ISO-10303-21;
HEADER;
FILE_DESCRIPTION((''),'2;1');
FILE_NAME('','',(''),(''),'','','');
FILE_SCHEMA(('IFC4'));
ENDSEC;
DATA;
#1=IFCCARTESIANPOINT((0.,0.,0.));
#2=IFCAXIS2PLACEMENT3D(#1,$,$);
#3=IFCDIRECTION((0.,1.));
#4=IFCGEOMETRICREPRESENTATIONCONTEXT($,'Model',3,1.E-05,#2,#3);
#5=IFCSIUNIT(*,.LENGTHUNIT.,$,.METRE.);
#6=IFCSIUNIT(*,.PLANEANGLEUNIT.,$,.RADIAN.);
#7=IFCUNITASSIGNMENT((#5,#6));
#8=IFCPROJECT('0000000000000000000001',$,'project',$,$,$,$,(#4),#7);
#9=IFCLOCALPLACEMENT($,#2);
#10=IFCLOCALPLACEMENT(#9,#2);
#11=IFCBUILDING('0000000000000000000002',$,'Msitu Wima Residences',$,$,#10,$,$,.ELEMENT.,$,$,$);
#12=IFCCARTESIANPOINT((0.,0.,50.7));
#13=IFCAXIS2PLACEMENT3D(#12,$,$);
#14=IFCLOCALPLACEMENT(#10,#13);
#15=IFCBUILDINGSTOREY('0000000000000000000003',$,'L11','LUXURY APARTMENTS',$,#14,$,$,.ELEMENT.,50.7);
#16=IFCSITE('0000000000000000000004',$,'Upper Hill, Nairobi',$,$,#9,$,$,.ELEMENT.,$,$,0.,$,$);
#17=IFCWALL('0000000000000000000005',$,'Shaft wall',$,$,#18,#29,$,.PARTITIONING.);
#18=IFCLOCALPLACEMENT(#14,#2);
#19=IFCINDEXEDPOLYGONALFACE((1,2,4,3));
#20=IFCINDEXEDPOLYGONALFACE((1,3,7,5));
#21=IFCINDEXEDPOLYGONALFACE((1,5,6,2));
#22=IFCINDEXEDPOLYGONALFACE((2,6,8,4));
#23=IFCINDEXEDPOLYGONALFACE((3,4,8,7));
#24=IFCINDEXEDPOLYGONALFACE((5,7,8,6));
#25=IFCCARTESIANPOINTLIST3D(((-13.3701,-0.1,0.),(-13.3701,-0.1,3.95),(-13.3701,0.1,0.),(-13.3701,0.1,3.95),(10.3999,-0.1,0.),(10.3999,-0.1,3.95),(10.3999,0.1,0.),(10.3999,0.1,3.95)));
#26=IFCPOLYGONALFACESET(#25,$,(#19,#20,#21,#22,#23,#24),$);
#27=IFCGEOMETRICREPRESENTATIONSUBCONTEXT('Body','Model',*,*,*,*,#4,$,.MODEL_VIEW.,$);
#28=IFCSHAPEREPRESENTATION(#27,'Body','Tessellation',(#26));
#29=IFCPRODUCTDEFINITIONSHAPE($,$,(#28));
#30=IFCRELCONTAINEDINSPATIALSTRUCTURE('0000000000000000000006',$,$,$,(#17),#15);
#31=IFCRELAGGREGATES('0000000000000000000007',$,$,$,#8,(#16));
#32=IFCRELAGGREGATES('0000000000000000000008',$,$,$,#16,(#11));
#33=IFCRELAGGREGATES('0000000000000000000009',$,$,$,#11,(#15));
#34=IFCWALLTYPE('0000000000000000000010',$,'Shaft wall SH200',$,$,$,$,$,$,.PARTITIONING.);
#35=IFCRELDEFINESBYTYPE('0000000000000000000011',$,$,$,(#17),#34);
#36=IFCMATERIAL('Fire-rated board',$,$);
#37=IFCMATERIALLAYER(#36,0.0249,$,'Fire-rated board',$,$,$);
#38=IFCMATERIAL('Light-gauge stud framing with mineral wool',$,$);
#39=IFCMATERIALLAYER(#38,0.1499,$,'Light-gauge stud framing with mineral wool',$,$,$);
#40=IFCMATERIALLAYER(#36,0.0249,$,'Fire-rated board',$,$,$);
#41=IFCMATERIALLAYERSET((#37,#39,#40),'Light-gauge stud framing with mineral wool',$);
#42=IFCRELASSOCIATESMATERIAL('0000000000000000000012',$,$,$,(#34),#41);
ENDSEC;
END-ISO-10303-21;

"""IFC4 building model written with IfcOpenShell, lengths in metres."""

from ifc_helpers import new_model, si_unit, direction, frame, frame_2d, origin, place, context, subcontext, project, spatial, rectangle, extrude, material, layer, layer_set, type_object, element, save


model = new_model("IFC4")

# Units and contexts
model_context = context("Model", 3, precision=1e-05, world=origin(), true_north=direction((0.0, 1.0)))
body_context = subcontext(model_context, "Body", "Model", "MODEL_VIEW")
ifc_project = project(units=[si_unit("LENGTHUNIT", "METRE"), si_unit("PLANEANGLEUNIT", "RADIAN")], contexts=[model_context])

# Site, building, storey
site_placement = place(None, origin())
site = spatial("IfcSite", under=ifc_project, at=site_placement, Name="Upper Hill, Nairobi", CompositionType="ELEMENT", RefElevation=0.0)
building_placement = place(site_placement, origin())
building = spatial("IfcBuilding", under=site, at=building_placement, Name="Msitu Wima Residences", CompositionType="ELEMENT")
storey_placement = place(building_placement, frame((0.0, 0.0, 50.7)))
storey = spatial("IfcBuildingStorey", under=building, at=storey_placement, Name="L11", Description="LUXURY APARTMENTS", CompositionType="ELEMENT", Elevation=50.7)

# Wall
ifc_material_1 = material(Name="Fire-rated board")
ifc_layer_1 = layer(ifc_material_1, 0.0249, Name="Fire-rated board")
ifc_material_2 = material(Name="Light-gauge stud framing with mineral wool")
ifc_layer_2 = layer(ifc_material_2, 0.1499, Name="Light-gauge stud framing with mineral wool")
ifc_layer_3 = layer(ifc_material_1, 0.0249, Name="Fire-rated board")
ifc_layer_set_1 = layer_set([ifc_layer_1, ifc_layer_2, ifc_layer_3], Name="Light-gauge stud framing with mineral wool")
wall_type_1 = type_object("IfcWallType", Name="Shaft wall SH200", PredefinedType="PARTITIONING", material=ifc_layer_set_1)
wall_1_placement = place(storey_placement, frame((-13.3701, 0.0, 0.0), z_axis=(0.0, 0.0, 1.0), x_axis=(1.0, 0.0, 0.0)))
element("IfcWall", 1, at=wall_1_placement, inside=storey, type_object=wall_type_1, Name="Shaft wall", PredefinedType="PARTITIONING", context=body_context, shape_type="SweptSolid", body=[
    extrude(rectangle(XDim=23.77, YDim=0.2, at=frame_2d((11.885, 0.0))), origin(), (0.0, 0.0, 1.0), 3.95),
])

save(model, "model.ifc")
